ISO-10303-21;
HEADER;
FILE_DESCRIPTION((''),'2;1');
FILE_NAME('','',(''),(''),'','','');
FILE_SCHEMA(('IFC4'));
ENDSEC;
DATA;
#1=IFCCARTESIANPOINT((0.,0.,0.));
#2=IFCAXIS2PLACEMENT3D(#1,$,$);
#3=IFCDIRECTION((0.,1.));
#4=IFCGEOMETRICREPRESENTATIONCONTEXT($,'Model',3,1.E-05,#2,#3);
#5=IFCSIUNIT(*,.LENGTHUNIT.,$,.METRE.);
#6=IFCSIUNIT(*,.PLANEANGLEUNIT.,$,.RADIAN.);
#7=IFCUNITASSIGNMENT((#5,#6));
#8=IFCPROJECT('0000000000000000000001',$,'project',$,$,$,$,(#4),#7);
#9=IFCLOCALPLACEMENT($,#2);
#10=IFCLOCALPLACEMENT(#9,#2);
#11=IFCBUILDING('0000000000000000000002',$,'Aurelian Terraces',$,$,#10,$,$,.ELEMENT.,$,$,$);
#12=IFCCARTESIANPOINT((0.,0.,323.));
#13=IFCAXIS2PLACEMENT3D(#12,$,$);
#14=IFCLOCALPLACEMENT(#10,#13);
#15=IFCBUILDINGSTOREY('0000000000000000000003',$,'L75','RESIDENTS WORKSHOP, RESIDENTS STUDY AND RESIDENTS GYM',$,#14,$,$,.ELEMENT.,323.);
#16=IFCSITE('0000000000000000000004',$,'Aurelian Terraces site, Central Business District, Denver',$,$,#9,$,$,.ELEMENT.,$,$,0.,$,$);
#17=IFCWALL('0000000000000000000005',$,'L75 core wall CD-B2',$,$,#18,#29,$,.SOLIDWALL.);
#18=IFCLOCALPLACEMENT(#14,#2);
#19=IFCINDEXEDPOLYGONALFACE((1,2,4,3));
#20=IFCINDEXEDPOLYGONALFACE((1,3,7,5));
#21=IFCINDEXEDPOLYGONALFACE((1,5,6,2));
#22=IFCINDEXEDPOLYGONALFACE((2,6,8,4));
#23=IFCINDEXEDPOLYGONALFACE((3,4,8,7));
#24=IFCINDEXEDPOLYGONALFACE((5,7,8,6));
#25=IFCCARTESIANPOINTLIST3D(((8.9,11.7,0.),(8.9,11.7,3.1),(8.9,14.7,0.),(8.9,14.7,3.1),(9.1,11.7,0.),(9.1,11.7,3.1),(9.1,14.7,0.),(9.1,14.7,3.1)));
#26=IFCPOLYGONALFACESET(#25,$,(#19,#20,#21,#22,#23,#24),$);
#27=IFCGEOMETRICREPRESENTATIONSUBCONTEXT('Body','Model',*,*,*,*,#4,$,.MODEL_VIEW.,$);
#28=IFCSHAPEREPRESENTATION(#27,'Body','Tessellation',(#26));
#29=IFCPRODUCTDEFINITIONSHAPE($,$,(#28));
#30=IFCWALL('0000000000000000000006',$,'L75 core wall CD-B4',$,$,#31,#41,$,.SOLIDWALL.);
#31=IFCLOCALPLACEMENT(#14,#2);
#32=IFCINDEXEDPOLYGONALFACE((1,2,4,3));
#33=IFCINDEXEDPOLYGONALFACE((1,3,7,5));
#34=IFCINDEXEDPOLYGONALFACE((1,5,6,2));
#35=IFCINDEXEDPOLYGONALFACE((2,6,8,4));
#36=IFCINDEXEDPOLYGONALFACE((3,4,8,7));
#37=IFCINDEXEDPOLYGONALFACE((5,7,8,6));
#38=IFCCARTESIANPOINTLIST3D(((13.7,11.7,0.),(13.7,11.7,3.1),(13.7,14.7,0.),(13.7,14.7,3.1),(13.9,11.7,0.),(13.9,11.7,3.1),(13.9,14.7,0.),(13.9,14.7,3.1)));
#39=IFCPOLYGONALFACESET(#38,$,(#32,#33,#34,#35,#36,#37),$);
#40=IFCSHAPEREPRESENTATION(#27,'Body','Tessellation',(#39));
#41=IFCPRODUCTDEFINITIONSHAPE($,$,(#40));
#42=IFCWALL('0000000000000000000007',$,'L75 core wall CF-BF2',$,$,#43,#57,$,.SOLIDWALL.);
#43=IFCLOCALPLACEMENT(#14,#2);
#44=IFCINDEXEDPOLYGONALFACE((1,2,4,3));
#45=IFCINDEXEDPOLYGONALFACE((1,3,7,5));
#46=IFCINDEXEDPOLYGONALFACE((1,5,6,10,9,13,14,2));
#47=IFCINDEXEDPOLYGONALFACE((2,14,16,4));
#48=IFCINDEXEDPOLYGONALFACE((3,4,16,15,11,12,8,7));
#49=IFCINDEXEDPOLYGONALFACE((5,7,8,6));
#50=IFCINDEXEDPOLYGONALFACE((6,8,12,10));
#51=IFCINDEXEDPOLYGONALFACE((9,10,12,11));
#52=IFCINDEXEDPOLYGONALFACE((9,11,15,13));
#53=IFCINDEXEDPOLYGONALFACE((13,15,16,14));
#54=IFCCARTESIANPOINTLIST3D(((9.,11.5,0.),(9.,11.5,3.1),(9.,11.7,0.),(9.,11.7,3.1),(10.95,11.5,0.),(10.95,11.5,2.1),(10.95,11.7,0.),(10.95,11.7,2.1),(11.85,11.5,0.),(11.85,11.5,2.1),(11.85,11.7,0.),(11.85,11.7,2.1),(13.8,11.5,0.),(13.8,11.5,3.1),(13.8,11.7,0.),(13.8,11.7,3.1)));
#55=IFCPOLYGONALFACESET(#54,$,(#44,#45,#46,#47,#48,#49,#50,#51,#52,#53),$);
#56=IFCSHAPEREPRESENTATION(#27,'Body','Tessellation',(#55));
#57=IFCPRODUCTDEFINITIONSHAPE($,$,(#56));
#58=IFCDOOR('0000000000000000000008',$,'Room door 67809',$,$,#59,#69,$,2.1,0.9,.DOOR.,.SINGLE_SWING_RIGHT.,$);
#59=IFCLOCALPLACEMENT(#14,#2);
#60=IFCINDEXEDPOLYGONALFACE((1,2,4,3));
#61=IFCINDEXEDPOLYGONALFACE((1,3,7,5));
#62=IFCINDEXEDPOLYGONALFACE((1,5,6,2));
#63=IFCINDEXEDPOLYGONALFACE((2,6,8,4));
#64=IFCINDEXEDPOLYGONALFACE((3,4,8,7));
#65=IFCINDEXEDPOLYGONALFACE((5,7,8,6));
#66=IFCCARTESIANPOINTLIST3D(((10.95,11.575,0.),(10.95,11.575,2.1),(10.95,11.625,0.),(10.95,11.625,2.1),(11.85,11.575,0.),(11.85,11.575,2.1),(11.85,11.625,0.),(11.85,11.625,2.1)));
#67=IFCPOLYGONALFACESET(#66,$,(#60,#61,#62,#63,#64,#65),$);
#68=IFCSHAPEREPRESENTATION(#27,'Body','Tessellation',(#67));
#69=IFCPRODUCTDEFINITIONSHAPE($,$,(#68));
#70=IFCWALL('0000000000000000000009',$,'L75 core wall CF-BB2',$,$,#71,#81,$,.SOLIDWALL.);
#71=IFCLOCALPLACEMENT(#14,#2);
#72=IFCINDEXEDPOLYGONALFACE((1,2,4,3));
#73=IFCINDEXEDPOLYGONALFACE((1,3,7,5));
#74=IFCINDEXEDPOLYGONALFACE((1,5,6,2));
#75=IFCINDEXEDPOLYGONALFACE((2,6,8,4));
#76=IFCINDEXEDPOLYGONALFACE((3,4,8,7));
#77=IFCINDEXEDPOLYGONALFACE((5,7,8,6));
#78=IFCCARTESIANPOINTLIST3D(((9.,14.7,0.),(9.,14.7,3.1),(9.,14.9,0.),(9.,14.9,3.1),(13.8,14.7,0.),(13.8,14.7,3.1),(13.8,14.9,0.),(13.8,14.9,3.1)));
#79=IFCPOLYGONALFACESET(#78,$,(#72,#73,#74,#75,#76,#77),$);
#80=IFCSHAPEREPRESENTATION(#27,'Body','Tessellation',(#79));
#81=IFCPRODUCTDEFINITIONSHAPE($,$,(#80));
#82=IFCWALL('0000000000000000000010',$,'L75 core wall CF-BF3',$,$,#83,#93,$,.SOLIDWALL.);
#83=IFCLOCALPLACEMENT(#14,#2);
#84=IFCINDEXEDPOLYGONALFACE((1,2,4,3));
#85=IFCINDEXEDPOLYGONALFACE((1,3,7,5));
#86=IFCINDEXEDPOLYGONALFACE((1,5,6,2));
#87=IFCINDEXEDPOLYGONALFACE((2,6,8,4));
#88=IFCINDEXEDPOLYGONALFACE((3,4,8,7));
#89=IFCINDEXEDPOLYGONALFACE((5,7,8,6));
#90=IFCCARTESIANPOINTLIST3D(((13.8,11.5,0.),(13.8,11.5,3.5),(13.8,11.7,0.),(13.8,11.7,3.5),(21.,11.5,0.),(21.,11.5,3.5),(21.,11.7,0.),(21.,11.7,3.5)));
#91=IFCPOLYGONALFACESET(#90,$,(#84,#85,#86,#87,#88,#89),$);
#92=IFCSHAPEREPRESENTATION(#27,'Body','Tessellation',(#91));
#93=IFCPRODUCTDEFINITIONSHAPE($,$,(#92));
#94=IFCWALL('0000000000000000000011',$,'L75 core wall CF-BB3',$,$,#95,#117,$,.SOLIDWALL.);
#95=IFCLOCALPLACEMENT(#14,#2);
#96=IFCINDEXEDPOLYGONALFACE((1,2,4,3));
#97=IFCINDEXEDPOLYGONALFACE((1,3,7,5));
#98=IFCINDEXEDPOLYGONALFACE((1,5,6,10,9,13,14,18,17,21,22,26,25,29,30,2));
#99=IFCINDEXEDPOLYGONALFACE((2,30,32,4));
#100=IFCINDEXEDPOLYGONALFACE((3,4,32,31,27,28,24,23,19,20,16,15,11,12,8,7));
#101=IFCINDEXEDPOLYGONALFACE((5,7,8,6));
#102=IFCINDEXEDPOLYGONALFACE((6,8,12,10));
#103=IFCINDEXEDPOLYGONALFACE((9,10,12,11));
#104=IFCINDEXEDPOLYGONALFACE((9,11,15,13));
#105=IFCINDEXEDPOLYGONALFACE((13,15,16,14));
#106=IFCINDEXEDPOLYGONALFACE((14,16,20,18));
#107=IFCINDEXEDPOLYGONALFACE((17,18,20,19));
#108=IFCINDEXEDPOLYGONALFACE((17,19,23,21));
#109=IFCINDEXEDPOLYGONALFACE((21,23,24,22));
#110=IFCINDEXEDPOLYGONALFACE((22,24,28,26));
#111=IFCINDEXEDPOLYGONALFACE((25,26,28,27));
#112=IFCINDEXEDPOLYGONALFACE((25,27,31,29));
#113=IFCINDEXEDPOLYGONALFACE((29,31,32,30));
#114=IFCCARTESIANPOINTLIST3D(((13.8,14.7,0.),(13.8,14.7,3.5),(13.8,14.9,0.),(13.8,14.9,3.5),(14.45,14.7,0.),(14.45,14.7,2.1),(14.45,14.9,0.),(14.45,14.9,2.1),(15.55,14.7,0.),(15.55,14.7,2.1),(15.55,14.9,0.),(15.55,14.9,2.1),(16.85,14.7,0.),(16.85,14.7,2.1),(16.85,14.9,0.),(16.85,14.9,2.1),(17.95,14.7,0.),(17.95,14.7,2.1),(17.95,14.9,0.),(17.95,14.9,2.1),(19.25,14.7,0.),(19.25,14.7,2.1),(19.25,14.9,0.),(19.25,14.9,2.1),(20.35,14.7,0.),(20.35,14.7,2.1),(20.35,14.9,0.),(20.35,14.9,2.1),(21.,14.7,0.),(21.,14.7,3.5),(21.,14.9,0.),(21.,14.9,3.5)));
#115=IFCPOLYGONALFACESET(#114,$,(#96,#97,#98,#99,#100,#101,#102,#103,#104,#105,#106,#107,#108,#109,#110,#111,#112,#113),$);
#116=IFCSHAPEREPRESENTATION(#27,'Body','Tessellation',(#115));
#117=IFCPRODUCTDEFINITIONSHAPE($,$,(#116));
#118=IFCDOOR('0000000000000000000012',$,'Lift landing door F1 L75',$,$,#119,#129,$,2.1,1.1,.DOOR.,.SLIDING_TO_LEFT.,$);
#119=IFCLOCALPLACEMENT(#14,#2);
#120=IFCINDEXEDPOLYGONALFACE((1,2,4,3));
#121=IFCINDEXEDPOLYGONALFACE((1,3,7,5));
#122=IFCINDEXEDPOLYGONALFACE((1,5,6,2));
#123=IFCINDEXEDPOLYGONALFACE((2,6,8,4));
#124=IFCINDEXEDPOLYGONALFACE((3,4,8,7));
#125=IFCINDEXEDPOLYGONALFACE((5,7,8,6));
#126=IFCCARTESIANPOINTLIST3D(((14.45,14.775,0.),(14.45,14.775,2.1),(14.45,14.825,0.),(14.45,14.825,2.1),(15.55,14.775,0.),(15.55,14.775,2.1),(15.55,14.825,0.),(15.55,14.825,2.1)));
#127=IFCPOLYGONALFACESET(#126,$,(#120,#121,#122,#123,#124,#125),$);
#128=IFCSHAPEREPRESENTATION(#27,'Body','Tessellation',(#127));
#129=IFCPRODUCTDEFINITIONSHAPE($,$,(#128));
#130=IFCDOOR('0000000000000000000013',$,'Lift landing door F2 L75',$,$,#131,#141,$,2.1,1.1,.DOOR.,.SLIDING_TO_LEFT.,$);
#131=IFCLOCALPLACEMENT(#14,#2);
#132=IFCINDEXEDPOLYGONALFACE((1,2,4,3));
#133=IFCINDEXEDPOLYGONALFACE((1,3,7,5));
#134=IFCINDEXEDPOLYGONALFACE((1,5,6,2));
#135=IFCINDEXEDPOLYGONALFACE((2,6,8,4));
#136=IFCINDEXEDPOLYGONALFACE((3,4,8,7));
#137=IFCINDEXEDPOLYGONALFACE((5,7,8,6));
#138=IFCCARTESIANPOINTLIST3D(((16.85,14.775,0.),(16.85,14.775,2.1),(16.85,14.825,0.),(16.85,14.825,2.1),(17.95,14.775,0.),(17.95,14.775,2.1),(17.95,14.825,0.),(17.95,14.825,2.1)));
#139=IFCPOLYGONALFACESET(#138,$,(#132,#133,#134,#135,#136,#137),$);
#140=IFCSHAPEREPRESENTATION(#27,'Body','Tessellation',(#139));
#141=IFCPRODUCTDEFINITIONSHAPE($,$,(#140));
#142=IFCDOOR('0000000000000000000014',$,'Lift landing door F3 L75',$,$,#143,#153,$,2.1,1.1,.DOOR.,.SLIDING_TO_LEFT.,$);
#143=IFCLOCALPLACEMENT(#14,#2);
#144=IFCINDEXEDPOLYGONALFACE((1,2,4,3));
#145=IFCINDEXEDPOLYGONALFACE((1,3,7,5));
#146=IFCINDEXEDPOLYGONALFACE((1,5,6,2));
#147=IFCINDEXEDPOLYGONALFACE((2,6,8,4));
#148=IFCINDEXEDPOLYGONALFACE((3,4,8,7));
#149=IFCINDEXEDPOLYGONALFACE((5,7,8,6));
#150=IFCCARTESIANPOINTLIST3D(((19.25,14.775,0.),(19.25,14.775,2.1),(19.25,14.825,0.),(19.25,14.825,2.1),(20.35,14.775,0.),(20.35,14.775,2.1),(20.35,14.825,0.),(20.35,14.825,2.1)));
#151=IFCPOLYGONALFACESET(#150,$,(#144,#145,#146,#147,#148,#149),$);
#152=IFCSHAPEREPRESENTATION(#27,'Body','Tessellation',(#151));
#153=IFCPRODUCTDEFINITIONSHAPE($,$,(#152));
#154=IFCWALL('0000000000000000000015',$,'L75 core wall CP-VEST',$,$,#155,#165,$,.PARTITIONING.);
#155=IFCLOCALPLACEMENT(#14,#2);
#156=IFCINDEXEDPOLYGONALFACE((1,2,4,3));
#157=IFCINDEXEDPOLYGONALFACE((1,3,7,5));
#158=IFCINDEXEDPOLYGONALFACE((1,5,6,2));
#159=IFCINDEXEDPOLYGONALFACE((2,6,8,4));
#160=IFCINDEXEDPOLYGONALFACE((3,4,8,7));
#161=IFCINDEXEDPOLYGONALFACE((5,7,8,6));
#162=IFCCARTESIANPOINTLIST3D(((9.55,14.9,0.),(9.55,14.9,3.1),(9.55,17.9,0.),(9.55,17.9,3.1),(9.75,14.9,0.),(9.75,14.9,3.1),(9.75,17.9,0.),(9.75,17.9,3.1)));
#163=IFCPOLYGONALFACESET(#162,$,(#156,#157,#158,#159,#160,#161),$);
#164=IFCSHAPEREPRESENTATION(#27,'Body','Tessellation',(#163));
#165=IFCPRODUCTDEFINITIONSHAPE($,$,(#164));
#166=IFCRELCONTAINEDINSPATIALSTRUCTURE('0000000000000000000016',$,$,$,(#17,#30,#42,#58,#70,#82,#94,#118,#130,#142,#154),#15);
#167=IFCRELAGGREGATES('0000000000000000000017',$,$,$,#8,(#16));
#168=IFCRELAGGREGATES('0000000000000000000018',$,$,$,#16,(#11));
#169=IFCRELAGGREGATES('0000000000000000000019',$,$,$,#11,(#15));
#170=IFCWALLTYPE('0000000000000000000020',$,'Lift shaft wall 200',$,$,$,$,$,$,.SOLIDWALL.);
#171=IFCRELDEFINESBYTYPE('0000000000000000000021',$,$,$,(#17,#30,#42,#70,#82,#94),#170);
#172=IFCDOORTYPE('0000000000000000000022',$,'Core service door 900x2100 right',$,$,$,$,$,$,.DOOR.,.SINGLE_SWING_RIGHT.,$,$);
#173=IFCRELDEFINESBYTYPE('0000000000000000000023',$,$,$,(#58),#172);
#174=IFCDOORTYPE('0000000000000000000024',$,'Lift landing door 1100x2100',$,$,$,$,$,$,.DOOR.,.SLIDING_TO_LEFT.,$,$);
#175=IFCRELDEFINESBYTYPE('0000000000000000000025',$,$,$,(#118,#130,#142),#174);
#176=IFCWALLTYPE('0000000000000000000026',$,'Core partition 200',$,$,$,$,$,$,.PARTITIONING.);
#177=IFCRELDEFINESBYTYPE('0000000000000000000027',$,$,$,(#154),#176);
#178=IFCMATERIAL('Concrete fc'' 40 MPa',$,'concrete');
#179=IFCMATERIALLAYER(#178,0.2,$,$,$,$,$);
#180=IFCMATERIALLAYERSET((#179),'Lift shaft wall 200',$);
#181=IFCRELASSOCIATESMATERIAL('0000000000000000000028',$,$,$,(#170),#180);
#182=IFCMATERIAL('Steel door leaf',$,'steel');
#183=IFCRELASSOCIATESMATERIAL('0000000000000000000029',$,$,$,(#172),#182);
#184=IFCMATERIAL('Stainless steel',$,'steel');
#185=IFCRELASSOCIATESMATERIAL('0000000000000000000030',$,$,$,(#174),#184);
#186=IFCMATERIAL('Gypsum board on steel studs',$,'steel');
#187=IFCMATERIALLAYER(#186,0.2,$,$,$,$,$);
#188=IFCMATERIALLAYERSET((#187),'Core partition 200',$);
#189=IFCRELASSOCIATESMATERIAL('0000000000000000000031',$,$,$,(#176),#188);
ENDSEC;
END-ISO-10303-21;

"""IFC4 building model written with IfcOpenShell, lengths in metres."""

from ifc_helpers import new_model, si_unit, direction, frame, frame_2d, origin, place, context, subcontext, project, spatial, rectangle, extrude, source, transform, mapped, material, layer, layer_set, type_object, element, fill, save


model = new_model("IFC4")

# Units and contexts
model_context = context("Model", 3, precision=1e-05, world=origin(), true_north=direction((0.0, 1.0)))
body_context = subcontext(model_context, "Body", "Model", "MODEL_VIEW")
ifc_project = project(units=[si_unit("LENGTHUNIT", "METRE"), si_unit("PLANEANGLEUNIT", "RADIAN")], contexts=[model_context])

# Site, building, storey
site_placement = place(None, origin())
site = spatial("IfcSite", under=ifc_project, at=site_placement, Name="Aurelian Terraces site, Central Business District, Denver", CompositionType="ELEMENT", RefElevation=0.0)
building_placement = place(site_placement, origin())
building = spatial("IfcBuilding", under=site, at=building_placement, Name="Aurelian Terraces", CompositionType="ELEMENT")
storey_placement = place(building_placement, frame((0.0, 0.0, 323.0)))
storey = spatial("IfcBuildingStorey", under=building, at=storey_placement, Name="L75", Description="RESIDENTS WORKSHOP, RESIDENTS STUDY AND RESIDENTS GYM", CompositionType="ELEMENT", Elevation=323.0)

# Walls
ifc_material_1 = material(Name="Concrete fc' 40 MPa", Category="concrete")
ifc_layer_1 = layer(ifc_material_1, 0.2)
ifc_layer_set_1 = layer_set([ifc_layer_1], Name="Lift shaft wall 200")
wall_type_1 = type_object("IfcWallType", Name="Lift shaft wall 200", PredefinedType="SOLIDWALL", material=ifc_layer_set_1)
shared_shape_1 = source(origin(), body_context, "Body", "SweptSolid", [
    extrude(rectangle(XDim=3.0, YDim=0.2, at=frame_2d((1.5, 0.0))), origin(), (0.0, 0.0, 1.0), 3.1),
])
for number, where, z_axis, x_axis, name in (
    (1, (9.0, 11.7, 0.0), (0.0, 0.0, 1.0), (0.0, 1.0, 0.0), "L75 core wall CD-B2"),
    (2, (13.8, 11.7, 0.0), (0.0, 0.0, 1.0), (0.0, 1.0, 0.0), "L75 core wall CD-B4"),
):
    element("IfcWall", number, at=place(storey_placement, frame(where, z_axis=z_axis, x_axis=x_axis)), inside=storey, type_object=wall_type_1, Name=name, PredefinedType="SOLIDWALL", context=body_context, shape_type="MappedRepresentation", body=[
        mapped(shared_shape_1, transform((0.0, 0.0, 0.0), scale=1.0)),
    ])

# Wall, opening, door
shared_shape_2 = source(origin(), body_context, "Body", "SweptSolid", [
    extrude(rectangle(XDim=4.8, YDim=0.2, at=frame_2d((2.4, 0.0))), origin(), (0.0, 0.0, 1.0), 3.1),
])
wall_1_placement = place(storey_placement, frame((9.0, 11.6, 0.0), z_axis=(0.0, 0.0, 1.0), x_axis=(1.0, 0.0, 0.0)))
wall_1 = element("IfcWall", 3, at=wall_1_placement, inside=storey, type_object=wall_type_1, Name="L75 core wall CF-BF2", PredefinedType="SOLIDWALL", context=body_context, shape_type="MappedRepresentation", body=[
    mapped(shared_shape_2, transform((0.0, 0.0, 0.0), scale=1.0)),
])
shared_shape_3 = source(origin(), body_context, "Body", "SweptSolid", [
    extrude(rectangle(XDim=0.9, YDim=2.1, at=frame_2d((0.45, 1.05))), frame((0.0, 0.11, 0.0), z_axis=(0.0, -1.0, 0.0), x_axis=(1.0, 0.0, 0.0)), (0.0, 0.0, 1.0), 0.22),
])
opening_1_placement = place(wall_1_placement, frame((1.95, 0.0, 0.0)))
opening_1 = element("IfcOpeningElement", 4, at=opening_1_placement, cuts=wall_1, PredefinedType="OPENING", context=body_context, shape_type="MappedRepresentation", body=[
    mapped(shared_shape_3, transform((0.0, 0.0, 0.0), scale=1.0)),
])
ifc_material_2 = material(Name="Steel door leaf", Category="steel")
door_type_1 = type_object("IfcDoorType", Name="Core service door 900x2100 right", OperationType="SINGLE_SWING_RIGHT", PredefinedType="DOOR", material=ifc_material_2)
shared_shape_4 = source(origin(), body_context, "Body", "SweptSolid", [
    extrude(rectangle(XDim=0.9, YDim=2.1, at=frame_2d((0.45, 1.05))), frame((0.0, 0.025, 0.0), z_axis=(0.0, -1.0, 0.0), x_axis=(1.0, 0.0, 0.0)), (0.0, 0.0, 1.0), 0.05),
])
door_1_placement = place(opening_1_placement, origin())
door_1 = element("IfcDoor", 5, at=door_1_placement, inside=storey, type_object=door_type_1, Name="Room door 67809", OperationType="SINGLE_SWING_RIGHT", OverallHeight=2.1, OverallWidth=0.9, PredefinedType="DOOR", context=body_context, shape_type="MappedRepresentation", body=[
    mapped(shared_shape_4, transform((0.0, 0.0, 0.0), scale=1.0)),
])
fill(opening_1, door_1)

# Walls
wall_2_placement = place(storey_placement, frame((9.0, 14.8, 0.0), z_axis=(0.0, 0.0, 1.0), x_axis=(1.0, 0.0, 0.0)))
element("IfcWall", 6, at=wall_2_placement, inside=storey, type_object=wall_type_1, Name="L75 core wall CF-BB2", PredefinedType="SOLIDWALL", context=body_context, shape_type="MappedRepresentation", body=[
    mapped(shared_shape_2, transform((0.0, 0.0, 0.0), scale=1.0)),
])
shared_shape_5 = source(origin(), body_context, "Body", "SweptSolid", [
    extrude(rectangle(XDim=7.2, YDim=0.2, at=frame_2d((3.6, 0.0))), origin(), (0.0, 0.0, 1.0), 3.5),
])
wall_3_placement = place(storey_placement, frame((13.8, 11.6, 0.0), z_axis=(0.0, 0.0, 1.0), x_axis=(1.0, 0.0, 0.0)))
element("IfcWall", 7, at=wall_3_placement, inside=storey, type_object=wall_type_1, Name="L75 core wall CF-BF3", PredefinedType="SOLIDWALL", context=body_context, shape_type="MappedRepresentation", body=[
    mapped(shared_shape_5, transform((0.0, 0.0, 0.0), scale=1.0)),
])

# Wall, openings, doors
wall_4_placement = place(storey_placement, frame((13.8, 14.8, 0.0), z_axis=(0.0, 0.0, 1.0), x_axis=(1.0, 0.0, 0.0)))
wall_4 = element("IfcWall", 8, at=wall_4_placement, inside=storey, type_object=wall_type_1, Name="L75 core wall CF-BB3", PredefinedType="SOLIDWALL", context=body_context, shape_type="MappedRepresentation", body=[
    mapped(shared_shape_5, transform((0.0, 0.0, 0.0), scale=1.0)),
])
shared_shape_6 = source(origin(), body_context, "Body", "SweptSolid", [
    extrude(rectangle(XDim=1.1, YDim=2.1, at=frame_2d((0.55, 1.05))), frame((0.0, 0.11, 0.0), z_axis=(0.0, -1.0, 0.0), x_axis=(1.0, 0.0, 0.0)), (0.0, 0.0, 1.0), 0.22),
])
opening_2_placement = place(wall_4_placement, frame((0.65, 0.0, 0.0)))
opening_2 = element("IfcOpeningElement", 9, at=opening_2_placement, cuts=wall_4, PredefinedType="OPENING", context=body_context, shape_type="MappedRepresentation", body=[
    mapped(shared_shape_6, transform((0.0, 0.0, 0.0), scale=1.0)),
])
opening_3_placement = place(wall_4_placement, frame((3.05, 0.0, 0.0)))
opening_3 = element("IfcOpeningElement", 10, at=opening_3_placement, cuts=wall_4, PredefinedType="OPENING", context=body_context, shape_type="MappedRepresentation", body=[
    mapped(shared_shape_6, transform((0.0, 0.0, 0.0), scale=1.0)),
])
opening_4_placement = place(wall_4_placement, frame((5.45, 0.0, 0.0)))
opening_4 = element("IfcOpeningElement", 11, at=opening_4_placement, cuts=wall_4, PredefinedType="OPENING", context=body_context, shape_type="MappedRepresentation", body=[
    mapped(shared_shape_6, transform((0.0, 0.0, 0.0), scale=1.0)),
])
ifc_material_3 = material(Name="Stainless steel", Category="steel")
door_type_2 = type_object("IfcDoorType", Name="Lift landing door 1100x2100", OperationType="SLIDING_TO_LEFT", PredefinedType="DOOR", material=ifc_material_3)
shared_shape_7 = source(origin(), body_context, "Body", "SweptSolid", [
    extrude(rectangle(XDim=1.1, YDim=2.1, at=frame_2d((0.55, 1.05))), frame((0.0, 0.025, 0.0), z_axis=(0.0, -1.0, 0.0), x_axis=(1.0, 0.0, 0.0)), (0.0, 0.0, 1.0), 0.05),
])
door_2_placement = place(opening_2_placement, origin())
door_2 = element("IfcDoor", 12, at=door_2_placement, inside=storey, type_object=door_type_2, Name="Lift landing door F1 L75", OperationType="SLIDING_TO_LEFT", OverallHeight=2.1, OverallWidth=1.1, PredefinedType="DOOR", context=body_context, shape_type="MappedRepresentation", body=[
    mapped(shared_shape_7, transform((0.0, 0.0, 0.0), scale=1.0)),
])
fill(opening_2, door_2)
door_3_placement = place(opening_3_placement, origin())
door_3 = element("IfcDoor", 13, at=door_3_placement, inside=storey, type_object=door_type_2, Name="Lift landing door F2 L75", OperationType="SLIDING_TO_LEFT", OverallHeight=2.1, OverallWidth=1.1, PredefinedType="DOOR", context=body_context, shape_type="MappedRepresentation", body=[
    mapped(shared_shape_7, transform((0.0, 0.0, 0.0), scale=1.0)),
])
fill(opening_3, door_3)
door_4_placement = place(opening_4_placement, origin())
door_4 = element("IfcDoor", 14, at=door_4_placement, inside=storey, type_object=door_type_2, Name="Lift landing door F3 L75", OperationType="SLIDING_TO_LEFT", OverallHeight=2.1, OverallWidth=1.1, PredefinedType="DOOR", context=body_context, shape_type="MappedRepresentation", body=[
    mapped(shared_shape_7, transform((0.0, 0.0, 0.0), scale=1.0)),
])
fill(opening_4, door_4)

# Wall
ifc_material_4 = material(Name="Gypsum board on steel studs", Category="steel")
ifc_layer_2 = layer(ifc_material_4, 0.2)
ifc_layer_set_2 = layer_set([ifc_layer_2], Name="Core partition 200")
wall_type_2 = type_object("IfcWallType", Name="Core partition 200", PredefinedType="PARTITIONING", material=ifc_layer_set_2)
shared_shape_8 = source(origin(), body_context, "Body", "SweptSolid", [
    extrude(rectangle(XDim=3.0, YDim=0.2, at=frame_2d((1.5, 0.0))), origin(), (0.0, 0.0, 1.0), 3.1),
])
for number, where, z_axis, x_axis, name in (
    (15, (9.65, 14.9, 0.0), (0.0, 0.0, 1.0), (0.0, 1.0, 0.0), "L75 core wall CP-VEST"),
):
    element("IfcWall", number, at=place(storey_placement, frame(where, z_axis=z_axis, x_axis=x_axis)), inside=storey, type_object=wall_type_2, Name=name, PredefinedType="PARTITIONING", context=body_context, shape_type="MappedRepresentation", body=[
        mapped(shared_shape_8, transform((0.0, 0.0, 0.0), scale=1.0)),
    ])

save(model, "model.ifc")
